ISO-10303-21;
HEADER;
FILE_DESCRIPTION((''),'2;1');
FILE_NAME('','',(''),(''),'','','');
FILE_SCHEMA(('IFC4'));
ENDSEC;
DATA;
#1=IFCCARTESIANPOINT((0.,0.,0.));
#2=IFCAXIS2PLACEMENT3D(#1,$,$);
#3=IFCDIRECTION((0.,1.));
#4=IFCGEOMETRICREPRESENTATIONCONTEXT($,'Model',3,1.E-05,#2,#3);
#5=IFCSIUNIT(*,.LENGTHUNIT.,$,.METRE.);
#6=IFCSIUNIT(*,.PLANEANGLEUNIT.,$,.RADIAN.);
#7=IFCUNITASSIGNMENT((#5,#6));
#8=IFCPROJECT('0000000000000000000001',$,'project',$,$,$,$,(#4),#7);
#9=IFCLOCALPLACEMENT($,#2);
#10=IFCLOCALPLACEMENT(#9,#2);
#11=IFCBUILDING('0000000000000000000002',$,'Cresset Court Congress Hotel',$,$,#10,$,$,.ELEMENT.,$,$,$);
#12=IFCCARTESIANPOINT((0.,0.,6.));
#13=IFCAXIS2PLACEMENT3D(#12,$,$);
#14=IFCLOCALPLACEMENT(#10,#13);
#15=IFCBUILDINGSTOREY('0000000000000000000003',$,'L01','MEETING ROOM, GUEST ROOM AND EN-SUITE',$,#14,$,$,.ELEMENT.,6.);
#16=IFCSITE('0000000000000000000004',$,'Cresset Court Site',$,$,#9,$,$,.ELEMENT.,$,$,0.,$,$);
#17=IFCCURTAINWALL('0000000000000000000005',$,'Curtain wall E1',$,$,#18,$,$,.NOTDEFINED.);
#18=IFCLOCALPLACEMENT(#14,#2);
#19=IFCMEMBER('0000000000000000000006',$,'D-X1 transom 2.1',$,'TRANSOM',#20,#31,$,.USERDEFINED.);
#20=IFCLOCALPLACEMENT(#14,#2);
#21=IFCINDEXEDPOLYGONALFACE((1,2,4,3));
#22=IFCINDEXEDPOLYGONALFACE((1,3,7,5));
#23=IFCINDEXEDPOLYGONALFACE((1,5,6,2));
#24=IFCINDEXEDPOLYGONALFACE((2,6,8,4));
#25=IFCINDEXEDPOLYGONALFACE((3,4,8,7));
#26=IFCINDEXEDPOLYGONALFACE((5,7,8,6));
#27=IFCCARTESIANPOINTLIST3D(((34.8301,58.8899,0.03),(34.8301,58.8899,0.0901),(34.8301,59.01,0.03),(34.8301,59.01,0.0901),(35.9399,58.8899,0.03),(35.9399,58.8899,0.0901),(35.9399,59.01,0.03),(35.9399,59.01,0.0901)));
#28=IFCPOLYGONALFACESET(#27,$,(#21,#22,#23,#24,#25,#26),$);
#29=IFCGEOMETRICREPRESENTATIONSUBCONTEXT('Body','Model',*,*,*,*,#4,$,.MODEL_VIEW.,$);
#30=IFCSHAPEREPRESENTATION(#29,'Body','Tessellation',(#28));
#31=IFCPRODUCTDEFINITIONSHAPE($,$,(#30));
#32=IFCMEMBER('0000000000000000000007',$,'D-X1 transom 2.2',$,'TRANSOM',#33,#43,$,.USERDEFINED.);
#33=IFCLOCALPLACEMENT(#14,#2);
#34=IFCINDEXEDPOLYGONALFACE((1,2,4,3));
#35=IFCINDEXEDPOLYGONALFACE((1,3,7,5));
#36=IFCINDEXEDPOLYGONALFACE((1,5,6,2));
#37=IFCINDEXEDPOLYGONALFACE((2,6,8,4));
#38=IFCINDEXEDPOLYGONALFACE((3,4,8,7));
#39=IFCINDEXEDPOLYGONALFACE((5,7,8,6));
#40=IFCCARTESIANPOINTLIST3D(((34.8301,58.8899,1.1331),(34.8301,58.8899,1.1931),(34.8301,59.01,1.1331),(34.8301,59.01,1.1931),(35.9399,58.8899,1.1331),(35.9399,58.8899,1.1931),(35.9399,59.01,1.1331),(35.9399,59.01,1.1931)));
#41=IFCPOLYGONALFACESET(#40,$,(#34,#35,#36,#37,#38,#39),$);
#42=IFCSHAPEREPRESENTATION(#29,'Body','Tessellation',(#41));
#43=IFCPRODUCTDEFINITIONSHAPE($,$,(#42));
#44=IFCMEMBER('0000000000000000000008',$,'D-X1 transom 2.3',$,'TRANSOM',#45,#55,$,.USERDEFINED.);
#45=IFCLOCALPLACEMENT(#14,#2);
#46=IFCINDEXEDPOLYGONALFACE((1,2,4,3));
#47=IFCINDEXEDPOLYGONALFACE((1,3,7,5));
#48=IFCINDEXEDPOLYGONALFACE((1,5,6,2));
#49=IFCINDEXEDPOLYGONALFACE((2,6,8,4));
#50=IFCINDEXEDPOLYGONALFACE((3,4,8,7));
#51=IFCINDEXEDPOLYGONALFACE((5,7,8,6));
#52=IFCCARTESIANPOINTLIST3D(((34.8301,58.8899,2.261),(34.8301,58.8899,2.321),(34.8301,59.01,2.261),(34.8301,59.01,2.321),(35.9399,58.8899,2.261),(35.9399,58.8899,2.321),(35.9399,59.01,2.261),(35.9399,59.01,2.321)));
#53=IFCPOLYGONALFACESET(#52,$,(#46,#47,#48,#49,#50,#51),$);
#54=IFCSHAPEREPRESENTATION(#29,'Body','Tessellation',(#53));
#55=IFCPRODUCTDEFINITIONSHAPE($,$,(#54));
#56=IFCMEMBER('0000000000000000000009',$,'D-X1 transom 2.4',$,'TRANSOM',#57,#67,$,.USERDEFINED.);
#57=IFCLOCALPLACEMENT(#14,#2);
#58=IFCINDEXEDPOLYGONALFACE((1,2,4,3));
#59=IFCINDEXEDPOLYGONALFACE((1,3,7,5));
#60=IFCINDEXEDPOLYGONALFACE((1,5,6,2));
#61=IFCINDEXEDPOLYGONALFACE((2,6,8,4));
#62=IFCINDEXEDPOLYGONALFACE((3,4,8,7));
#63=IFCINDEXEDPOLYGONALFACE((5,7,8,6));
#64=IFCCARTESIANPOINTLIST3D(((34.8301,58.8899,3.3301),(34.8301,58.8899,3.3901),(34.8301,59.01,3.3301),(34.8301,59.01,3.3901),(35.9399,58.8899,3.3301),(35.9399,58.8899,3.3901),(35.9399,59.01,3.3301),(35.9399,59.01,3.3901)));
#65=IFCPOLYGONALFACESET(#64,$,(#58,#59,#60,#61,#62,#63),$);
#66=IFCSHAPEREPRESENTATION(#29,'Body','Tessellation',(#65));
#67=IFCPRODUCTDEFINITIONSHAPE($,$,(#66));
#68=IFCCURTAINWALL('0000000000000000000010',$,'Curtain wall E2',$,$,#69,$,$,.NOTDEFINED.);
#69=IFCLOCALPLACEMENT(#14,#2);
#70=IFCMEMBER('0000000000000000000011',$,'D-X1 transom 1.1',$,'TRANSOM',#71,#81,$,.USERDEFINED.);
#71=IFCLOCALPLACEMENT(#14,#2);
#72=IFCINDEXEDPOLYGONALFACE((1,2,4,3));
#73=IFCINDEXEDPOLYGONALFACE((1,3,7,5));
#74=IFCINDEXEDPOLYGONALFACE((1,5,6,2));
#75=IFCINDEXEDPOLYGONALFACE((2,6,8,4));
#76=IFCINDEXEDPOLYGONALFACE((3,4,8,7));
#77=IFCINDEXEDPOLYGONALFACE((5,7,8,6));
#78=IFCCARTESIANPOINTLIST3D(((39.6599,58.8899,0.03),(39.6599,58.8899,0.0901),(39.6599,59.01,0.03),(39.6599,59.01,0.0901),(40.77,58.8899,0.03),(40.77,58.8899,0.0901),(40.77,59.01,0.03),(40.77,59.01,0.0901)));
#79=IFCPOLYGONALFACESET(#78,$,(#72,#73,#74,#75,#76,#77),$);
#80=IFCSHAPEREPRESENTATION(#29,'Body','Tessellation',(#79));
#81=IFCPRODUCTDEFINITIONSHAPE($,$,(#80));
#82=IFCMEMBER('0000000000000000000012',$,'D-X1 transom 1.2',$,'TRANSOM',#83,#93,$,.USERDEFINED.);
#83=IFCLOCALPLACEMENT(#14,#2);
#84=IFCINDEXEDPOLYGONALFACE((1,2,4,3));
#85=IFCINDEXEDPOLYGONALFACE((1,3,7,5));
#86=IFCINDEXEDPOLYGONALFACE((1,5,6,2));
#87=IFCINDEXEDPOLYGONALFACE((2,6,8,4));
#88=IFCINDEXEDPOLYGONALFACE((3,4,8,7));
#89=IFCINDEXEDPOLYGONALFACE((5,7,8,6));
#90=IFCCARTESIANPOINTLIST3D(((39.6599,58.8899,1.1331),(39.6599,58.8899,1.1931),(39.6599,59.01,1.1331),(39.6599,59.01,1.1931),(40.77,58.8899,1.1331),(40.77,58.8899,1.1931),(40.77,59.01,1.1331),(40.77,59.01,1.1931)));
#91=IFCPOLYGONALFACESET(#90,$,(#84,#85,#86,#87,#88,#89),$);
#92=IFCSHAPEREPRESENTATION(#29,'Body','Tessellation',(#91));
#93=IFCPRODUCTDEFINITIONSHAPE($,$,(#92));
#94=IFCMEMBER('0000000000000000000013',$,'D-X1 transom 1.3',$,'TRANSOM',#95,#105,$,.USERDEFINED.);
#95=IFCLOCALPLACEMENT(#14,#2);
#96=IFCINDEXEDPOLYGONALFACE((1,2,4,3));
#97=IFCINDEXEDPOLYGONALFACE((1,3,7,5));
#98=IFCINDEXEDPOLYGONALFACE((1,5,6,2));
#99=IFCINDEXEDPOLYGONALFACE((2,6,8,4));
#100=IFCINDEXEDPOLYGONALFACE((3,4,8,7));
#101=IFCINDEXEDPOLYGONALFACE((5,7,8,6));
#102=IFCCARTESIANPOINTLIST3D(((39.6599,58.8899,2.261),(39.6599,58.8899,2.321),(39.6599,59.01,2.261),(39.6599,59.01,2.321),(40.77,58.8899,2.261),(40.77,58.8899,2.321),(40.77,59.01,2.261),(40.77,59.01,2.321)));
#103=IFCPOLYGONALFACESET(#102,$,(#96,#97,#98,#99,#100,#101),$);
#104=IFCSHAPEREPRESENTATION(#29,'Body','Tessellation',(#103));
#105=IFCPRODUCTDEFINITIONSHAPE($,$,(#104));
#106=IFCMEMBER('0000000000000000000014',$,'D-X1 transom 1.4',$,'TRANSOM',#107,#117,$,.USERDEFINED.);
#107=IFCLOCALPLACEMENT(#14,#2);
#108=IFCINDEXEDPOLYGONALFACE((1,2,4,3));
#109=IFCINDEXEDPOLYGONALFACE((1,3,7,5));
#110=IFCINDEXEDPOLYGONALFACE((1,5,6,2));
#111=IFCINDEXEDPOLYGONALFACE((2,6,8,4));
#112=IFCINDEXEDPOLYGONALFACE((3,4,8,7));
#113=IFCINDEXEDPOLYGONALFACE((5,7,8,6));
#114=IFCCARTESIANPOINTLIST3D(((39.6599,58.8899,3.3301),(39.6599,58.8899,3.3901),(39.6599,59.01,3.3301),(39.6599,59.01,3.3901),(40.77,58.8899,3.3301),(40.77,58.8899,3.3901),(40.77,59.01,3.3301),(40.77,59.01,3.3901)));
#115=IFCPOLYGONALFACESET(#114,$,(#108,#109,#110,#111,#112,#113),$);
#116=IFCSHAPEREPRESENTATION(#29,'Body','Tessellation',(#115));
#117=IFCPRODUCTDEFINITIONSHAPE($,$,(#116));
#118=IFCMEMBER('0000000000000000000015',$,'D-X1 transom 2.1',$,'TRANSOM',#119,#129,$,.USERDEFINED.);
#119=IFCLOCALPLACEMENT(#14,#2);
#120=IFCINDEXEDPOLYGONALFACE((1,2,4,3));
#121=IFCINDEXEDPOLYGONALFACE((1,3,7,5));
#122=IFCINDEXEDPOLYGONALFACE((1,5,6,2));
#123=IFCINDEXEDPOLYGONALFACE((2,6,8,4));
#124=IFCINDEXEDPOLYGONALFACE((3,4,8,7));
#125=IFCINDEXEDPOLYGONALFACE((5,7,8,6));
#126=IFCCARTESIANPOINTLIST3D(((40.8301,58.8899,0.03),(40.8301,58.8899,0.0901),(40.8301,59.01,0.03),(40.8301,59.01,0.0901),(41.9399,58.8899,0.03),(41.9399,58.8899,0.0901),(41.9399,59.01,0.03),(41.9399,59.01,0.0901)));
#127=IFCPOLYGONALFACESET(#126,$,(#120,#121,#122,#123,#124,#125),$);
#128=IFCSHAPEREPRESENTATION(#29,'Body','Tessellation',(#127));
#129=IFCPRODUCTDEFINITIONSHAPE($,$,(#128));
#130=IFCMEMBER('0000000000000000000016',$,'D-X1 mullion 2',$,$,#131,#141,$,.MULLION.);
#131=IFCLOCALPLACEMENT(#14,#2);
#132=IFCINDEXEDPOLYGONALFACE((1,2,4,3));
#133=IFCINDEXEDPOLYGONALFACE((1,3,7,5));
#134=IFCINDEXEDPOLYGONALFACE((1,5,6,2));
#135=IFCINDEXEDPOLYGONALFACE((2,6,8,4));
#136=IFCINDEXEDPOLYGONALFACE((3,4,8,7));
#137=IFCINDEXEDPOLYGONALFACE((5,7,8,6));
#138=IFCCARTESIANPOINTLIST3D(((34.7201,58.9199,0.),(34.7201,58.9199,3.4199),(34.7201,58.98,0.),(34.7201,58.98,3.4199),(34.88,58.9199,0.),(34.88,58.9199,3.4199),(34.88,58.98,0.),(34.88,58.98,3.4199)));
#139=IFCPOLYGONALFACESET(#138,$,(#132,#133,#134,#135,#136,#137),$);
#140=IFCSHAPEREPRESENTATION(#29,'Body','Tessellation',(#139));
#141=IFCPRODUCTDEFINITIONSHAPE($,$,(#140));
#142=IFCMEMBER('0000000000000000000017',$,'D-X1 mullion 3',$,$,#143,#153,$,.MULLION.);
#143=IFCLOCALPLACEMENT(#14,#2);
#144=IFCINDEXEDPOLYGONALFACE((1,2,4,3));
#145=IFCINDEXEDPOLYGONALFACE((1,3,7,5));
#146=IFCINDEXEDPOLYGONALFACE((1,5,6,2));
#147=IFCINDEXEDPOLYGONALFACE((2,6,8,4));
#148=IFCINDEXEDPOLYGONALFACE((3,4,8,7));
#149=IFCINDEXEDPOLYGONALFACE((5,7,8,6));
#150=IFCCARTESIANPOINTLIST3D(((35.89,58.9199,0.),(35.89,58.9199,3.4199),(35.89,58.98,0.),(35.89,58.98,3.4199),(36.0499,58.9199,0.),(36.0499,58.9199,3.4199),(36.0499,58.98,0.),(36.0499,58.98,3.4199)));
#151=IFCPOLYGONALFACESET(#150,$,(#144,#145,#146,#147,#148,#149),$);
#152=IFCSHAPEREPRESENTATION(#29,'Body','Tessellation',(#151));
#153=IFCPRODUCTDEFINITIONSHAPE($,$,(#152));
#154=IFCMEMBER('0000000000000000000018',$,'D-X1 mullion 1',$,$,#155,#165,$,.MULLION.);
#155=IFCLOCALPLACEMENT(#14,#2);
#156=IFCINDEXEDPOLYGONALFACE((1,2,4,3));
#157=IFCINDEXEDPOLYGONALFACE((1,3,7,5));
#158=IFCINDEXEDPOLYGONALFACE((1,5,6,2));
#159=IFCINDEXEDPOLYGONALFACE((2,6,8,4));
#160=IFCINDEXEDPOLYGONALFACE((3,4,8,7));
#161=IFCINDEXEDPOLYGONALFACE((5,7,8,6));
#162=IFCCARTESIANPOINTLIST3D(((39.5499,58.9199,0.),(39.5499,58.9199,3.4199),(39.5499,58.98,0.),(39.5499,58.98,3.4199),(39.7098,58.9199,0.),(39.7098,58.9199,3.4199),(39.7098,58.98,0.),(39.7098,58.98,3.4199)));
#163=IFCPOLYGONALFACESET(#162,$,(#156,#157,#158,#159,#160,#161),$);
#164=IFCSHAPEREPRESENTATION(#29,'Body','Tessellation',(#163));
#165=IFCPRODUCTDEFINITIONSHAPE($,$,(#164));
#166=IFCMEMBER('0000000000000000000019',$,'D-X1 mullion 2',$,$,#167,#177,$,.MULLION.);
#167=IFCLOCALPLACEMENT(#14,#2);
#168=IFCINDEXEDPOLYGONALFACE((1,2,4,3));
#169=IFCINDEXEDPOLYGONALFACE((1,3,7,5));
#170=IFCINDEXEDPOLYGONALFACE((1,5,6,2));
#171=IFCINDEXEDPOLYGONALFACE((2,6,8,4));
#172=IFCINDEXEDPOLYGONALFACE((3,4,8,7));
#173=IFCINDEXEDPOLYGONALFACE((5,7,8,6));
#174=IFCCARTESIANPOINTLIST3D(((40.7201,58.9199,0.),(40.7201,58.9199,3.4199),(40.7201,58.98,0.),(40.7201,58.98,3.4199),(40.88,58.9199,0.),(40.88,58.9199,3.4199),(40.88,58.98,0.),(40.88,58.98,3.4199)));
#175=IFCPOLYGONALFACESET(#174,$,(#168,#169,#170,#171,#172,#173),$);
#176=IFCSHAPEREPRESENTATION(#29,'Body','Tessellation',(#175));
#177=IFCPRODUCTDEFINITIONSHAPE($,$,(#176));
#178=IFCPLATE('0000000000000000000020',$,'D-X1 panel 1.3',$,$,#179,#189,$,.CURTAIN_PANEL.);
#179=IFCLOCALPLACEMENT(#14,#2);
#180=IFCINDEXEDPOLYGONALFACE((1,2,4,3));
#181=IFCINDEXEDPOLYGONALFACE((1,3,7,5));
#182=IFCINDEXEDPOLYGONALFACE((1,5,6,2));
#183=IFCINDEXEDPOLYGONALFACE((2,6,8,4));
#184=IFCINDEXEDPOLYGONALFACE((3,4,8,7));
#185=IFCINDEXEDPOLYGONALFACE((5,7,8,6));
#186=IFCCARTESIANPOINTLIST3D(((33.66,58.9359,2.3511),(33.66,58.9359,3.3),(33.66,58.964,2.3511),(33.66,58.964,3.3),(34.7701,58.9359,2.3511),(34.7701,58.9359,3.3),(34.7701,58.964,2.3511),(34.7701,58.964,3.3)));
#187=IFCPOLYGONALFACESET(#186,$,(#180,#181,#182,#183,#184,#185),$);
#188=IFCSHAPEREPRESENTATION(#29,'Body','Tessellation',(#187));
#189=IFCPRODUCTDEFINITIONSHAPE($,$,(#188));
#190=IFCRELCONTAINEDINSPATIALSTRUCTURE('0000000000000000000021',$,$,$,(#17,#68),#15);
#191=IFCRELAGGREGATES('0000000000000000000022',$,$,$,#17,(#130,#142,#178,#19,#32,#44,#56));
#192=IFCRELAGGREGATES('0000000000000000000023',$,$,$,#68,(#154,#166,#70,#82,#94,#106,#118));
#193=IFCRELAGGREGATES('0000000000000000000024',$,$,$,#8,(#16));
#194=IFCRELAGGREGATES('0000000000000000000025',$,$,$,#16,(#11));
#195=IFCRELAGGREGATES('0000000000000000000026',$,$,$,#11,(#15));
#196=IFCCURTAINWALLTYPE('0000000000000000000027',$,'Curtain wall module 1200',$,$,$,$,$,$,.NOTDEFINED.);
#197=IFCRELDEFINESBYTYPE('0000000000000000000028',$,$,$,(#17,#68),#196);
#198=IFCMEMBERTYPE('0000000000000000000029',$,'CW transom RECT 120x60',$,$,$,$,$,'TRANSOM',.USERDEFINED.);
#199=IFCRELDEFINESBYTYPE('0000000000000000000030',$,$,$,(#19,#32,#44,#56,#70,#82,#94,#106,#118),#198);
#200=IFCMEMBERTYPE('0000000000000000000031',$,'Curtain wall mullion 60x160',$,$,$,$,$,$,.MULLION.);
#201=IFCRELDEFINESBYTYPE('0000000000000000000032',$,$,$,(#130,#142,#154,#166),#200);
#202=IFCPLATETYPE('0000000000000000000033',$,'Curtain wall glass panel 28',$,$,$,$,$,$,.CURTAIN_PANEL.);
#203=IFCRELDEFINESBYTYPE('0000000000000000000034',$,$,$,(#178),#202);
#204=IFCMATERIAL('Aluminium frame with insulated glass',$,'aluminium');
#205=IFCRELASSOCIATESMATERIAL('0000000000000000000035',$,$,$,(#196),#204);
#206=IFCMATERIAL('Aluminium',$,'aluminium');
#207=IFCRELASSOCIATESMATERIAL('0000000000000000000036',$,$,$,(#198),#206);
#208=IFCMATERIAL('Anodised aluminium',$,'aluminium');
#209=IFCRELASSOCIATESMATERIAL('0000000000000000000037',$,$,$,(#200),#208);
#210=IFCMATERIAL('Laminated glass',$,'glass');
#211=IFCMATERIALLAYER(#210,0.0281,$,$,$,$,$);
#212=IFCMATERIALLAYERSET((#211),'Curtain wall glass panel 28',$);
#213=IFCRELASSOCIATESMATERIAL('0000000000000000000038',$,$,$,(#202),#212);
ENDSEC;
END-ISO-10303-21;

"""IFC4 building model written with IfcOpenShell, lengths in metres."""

from ifc_helpers import new_model, si_unit, direction, frame, origin, origin_2d, place, context, subcontext, project, spatial, rectangle, extrude, material, layer, layer_set, material_profile, profile_set, type_object, element, aggregate, save


model = new_model("IFC4")

# Units and contexts
model_context = context("Model", 3, precision=1e-05, world=origin(), true_north=direction((0.0, 1.0)))
body_context = subcontext(model_context, "Body", "Model", "MODEL_VIEW")
ifc_project = project(units=[si_unit("LENGTHUNIT", "METRE"), si_unit("PLANEANGLEUNIT", "RADIAN")], contexts=[model_context])

# Site, building, storey
site_placement = place(None, origin())
site = spatial("IfcSite", under=ifc_project, at=site_placement, Name="Cresset Court Site", CompositionType="ELEMENT", RefElevation=0.0)
building_placement = place(site_placement, origin())
building = spatial("IfcBuilding", under=site, at=building_placement, Name="Cresset Court Congress Hotel", CompositionType="ELEMENT")
storey_placement = place(building_placement, frame((0.0, 0.0, 6.0)))
storey = spatial("IfcBuildingStorey", under=building, at=storey_placement, Name="L01", Description="MEETING ROOM, GUEST ROOM AND EN-SUITE", CompositionType="ELEMENT", Elevation=6.0)

# Curtain walls, members
ifc_material_1 = material(Name="Aluminium frame with insulated glass", Category="aluminium")
curtain_wall_type = type_object("IfcCurtainWallType", Name="Curtain wall module 1200", PredefinedType="NOTDEFINED", material=ifc_material_1)
curtain_wall_1_placement = place(storey_placement, origin())
curtain_wall_1 = element("IfcCurtainWall", 1, at=curtain_wall_1_placement, inside=storey, type_object=curtain_wall_type, Name="Curtain wall E1", PredefinedType="NOTDEFINED")
ifc_material_2 = material(Name="Aluminium", Category="aluminium")
ifc_material_profile_1 = material_profile(ifc_material_2, rectangle(XDim=0.1201, YDim=0.0601, at=origin_2d()), Name="AL 120x60")
ifc_profile_set_1 = profile_set([ifc_material_profile_1], Name="Aluminium")
member_type_1 = type_object("IfcMemberType", Name="CW transom RECT 120x60", ElementType="TRANSOM", PredefinedType="USERDEFINED", material=ifc_profile_set_1)
member_1_placement = place(storey_placement, frame((34.8301, 58.95, 0.0601), z_axis=(1.0, 0.0, 0.0), x_axis=(0.0, 1.0, 0.0)))
member_1 = element("IfcMember", 2, at=member_1_placement, type_object=member_type_1, Name="D-X1 transom 2.1", ObjectType="TRANSOM", PredefinedType="USERDEFINED", context=body_context, shape_type="SweptSolid", body=[
    extrude(rectangle(XDim=0.1201, YDim=0.0601, at=origin_2d()), origin(), (0.0, 0.0, 1.0), 1.1099),
])
member_2_placement = place(storey_placement, frame((34.8301, 58.95, 1.1631), z_axis=(1.0, 0.0, 0.0), x_axis=(0.0, 1.0, 0.0)))
member_2 = element("IfcMember", 3, at=member_2_placement, type_object=member_type_1, Name="D-X1 transom 2.2", ObjectType="TRANSOM", PredefinedType="USERDEFINED", context=body_context, shape_type="SweptSolid", body=[
    extrude(rectangle(XDim=0.1201, YDim=0.0601, at=origin_2d()), origin(), (0.0, 0.0, 1.0), 1.1099),
])
member_3_placement = place(storey_placement, frame((34.8301, 58.95, 2.291), z_axis=(1.0, 0.0, 0.0), x_axis=(0.0, 1.0, 0.0)))
member_3 = element("IfcMember", 4, at=member_3_placement, type_object=member_type_1, Name="D-X1 transom 2.3", ObjectType="TRANSOM", PredefinedType="USERDEFINED", context=body_context, shape_type="SweptSolid", body=[
    extrude(rectangle(XDim=0.1201, YDim=0.0601, at=origin_2d()), origin(), (0.0, 0.0, 1.0), 1.1099),
])
member_4_placement = place(storey_placement, frame((34.8301, 58.95, 3.3601), z_axis=(1.0, 0.0, 0.0), x_axis=(0.0, 1.0, 0.0)))
member_4 = element("IfcMember", 5, at=member_4_placement, type_object=member_type_1, Name="D-X1 transom 2.4", ObjectType="TRANSOM", PredefinedType="USERDEFINED", context=body_context, shape_type="SweptSolid", body=[
    extrude(rectangle(XDim=0.1201, YDim=0.0601, at=origin_2d()), origin(), (0.0, 0.0, 1.0), 1.1099),
])
curtain_wall_2_placement = place(storey_placement, origin())
curtain_wall_2 = element("IfcCurtainWall", 6, at=curtain_wall_2_placement, inside=storey, type_object=curtain_wall_type, Name="Curtain wall E2", PredefinedType="NOTDEFINED")
member_5_placement = place(storey_placement, frame((39.6599, 58.95, 0.0601), z_axis=(1.0, 0.0, 0.0), x_axis=(0.0, 1.0, 0.0)))
member_5 = element("IfcMember", 7, at=member_5_placement, type_object=member_type_1, Name="D-X1 transom 1.1", ObjectType="TRANSOM", PredefinedType="USERDEFINED", context=body_context, shape_type="SweptSolid", body=[
    extrude(rectangle(XDim=0.1201, YDim=0.0601, at=origin_2d()), origin(), (0.0, 0.0, 1.0), 1.1101),
])
member_6_placement = place(storey_placement, frame((39.6599, 58.95, 1.1631), z_axis=(1.0, 0.0, 0.0), x_axis=(0.0, 1.0, 0.0)))
member_6 = element("IfcMember", 8, at=member_6_placement, type_object=member_type_1, Name="D-X1 transom 1.2", ObjectType="TRANSOM", PredefinedType="USERDEFINED", context=body_context, shape_type="SweptSolid", body=[
    extrude(rectangle(XDim=0.1201, YDim=0.0601, at=origin_2d()), origin(), (0.0, 0.0, 1.0), 1.1101),
])
member_7_placement = place(storey_placement, frame((39.6599, 58.95, 2.291), z_axis=(1.0, 0.0, 0.0), x_axis=(0.0, 1.0, 0.0)))
member_7 = element("IfcMember", 9, at=member_7_placement, type_object=member_type_1, Name="D-X1 transom 1.3", ObjectType="TRANSOM", PredefinedType="USERDEFINED", context=body_context, shape_type="SweptSolid", body=[
    extrude(rectangle(XDim=0.1201, YDim=0.0601, at=origin_2d()), origin(), (0.0, 0.0, 1.0), 1.1101),
])
member_8_placement = place(storey_placement, frame((39.6599, 58.95, 3.3601), z_axis=(1.0, 0.0, 0.0), x_axis=(0.0, 1.0, 0.0)))
member_8 = element("IfcMember", 10, at=member_8_placement, type_object=member_type_1, Name="D-X1 transom 1.4", ObjectType="TRANSOM", PredefinedType="USERDEFINED", context=body_context, shape_type="SweptSolid", body=[
    extrude(rectangle(XDim=0.1201, YDim=0.0601, at=origin_2d()), origin(), (0.0, 0.0, 1.0), 1.1101),
])
member_9_placement = place(storey_placement, frame((40.8301, 58.95, 0.0601), z_axis=(1.0, 0.0, 0.0), x_axis=(0.0, 1.0, 0.0)))
member_9 = element("IfcMember", 11, at=member_9_placement, type_object=member_type_1, Name="D-X1 transom 2.1", ObjectType="TRANSOM", PredefinedType="USERDEFINED", context=body_context, shape_type="SweptSolid", body=[
    extrude(rectangle(XDim=0.1201, YDim=0.0601, at=origin_2d()), origin(), (0.0, 0.0, 1.0), 1.1099),
])

# Members
ifc_material_3 = material(Name="Anodised aluminium", Category="aluminium")
ifc_material_profile_2 = material_profile(ifc_material_3, rectangle(XDim=0.0601, YDim=0.1599, at=origin_2d()), Name="AL60x160")
ifc_profile_set_2 = profile_set([ifc_material_profile_2], Name="Anodised aluminium")
member_type_2 = type_object("IfcMemberType", Name="Curtain wall mullion 60x160", PredefinedType="MULLION", material=ifc_profile_set_2)
member_10_placement = place(storey_placement, frame((34.8, 58.95, 0.0), z_axis=(0.0, 0.0, 1.0), x_axis=(0.0, 1.0, 0.0)))
member_10 = element("IfcMember", 12, at=member_10_placement, type_object=member_type_2, Name="D-X1 mullion 2", PredefinedType="MULLION", context=body_context, shape_type="SweptSolid", body=[
    extrude(rectangle(XDim=0.0601, YDim=0.1599, at=origin_2d()), origin(), (0.0, 0.0, 1.0), 3.4199),
])
member_11_placement = place(storey_placement, frame((35.97, 58.95, 0.0), z_axis=(0.0, 0.0, 1.0), x_axis=(0.0, 1.0, 0.0)))
member_11 = element("IfcMember", 13, at=member_11_placement, type_object=member_type_2, Name="D-X1 mullion 3", PredefinedType="MULLION", context=body_context, shape_type="SweptSolid", body=[
    extrude(rectangle(XDim=0.0601, YDim=0.1599, at=origin_2d()), origin(), (0.0, 0.0, 1.0), 3.4199),
])
member_12_placement = place(storey_placement, frame((39.6299, 58.95, 0.0), z_axis=(0.0, 0.0, 1.0), x_axis=(0.0, 1.0, 0.0)))
member_12 = element("IfcMember", 14, at=member_12_placement, type_object=member_type_2, Name="D-X1 mullion 1", PredefinedType="MULLION", context=body_context, shape_type="SweptSolid", body=[
    extrude(rectangle(XDim=0.0601, YDim=0.1599, at=origin_2d()), origin(), (0.0, 0.0, 1.0), 3.4199),
])
member_13_placement = place(storey_placement, frame((40.8, 58.95, 0.0), z_axis=(0.0, 0.0, 1.0), x_axis=(0.0, 1.0, 0.0)))
member_13 = element("IfcMember", 15, at=member_13_placement, type_object=member_type_2, Name="D-X1 mullion 2", PredefinedType="MULLION", context=body_context, shape_type="SweptSolid", body=[
    extrude(rectangle(XDim=0.0601, YDim=0.1599, at=origin_2d()), origin(), (0.0, 0.0, 1.0), 3.4199),
])

# Plate
ifc_material_4 = material(Name="Laminated glass", Category="glass")
ifc_layer_1 = layer(ifc_material_4, 0.0281)
ifc_layer_set_1 = layer_set([ifc_layer_1], Name="Curtain wall glass panel 28")
plate_type = type_object("IfcPlateType", Name="Curtain wall glass panel 28", PredefinedType="CURTAIN_PANEL", material=ifc_layer_set_1)
plate_1_placement = place(storey_placement, frame((34.2151, 58.95, 2.3511), z_axis=(0.0, 0.0, 1.0), x_axis=(1.0, 0.0, 0.0)))
plate_1 = element("IfcPlate", 16, at=plate_1_placement, type_object=plate_type, Name="D-X1 panel 1.3", PredefinedType="CURTAIN_PANEL", context=body_context, shape_type="SweptSolid", body=[
    extrude(rectangle(XDim=1.1101, YDim=0.0281, at=origin_2d()), origin(), (0.0, 0.0, 1.0), 0.949),
])
aggregate(curtain_wall_1, [member_10, member_11, plate_1, member_1, member_2, member_3, member_4])
aggregate(curtain_wall_2, [member_12, member_13, member_5, member_6, member_7, member_8, member_9])

save(model, "model.ifc")
